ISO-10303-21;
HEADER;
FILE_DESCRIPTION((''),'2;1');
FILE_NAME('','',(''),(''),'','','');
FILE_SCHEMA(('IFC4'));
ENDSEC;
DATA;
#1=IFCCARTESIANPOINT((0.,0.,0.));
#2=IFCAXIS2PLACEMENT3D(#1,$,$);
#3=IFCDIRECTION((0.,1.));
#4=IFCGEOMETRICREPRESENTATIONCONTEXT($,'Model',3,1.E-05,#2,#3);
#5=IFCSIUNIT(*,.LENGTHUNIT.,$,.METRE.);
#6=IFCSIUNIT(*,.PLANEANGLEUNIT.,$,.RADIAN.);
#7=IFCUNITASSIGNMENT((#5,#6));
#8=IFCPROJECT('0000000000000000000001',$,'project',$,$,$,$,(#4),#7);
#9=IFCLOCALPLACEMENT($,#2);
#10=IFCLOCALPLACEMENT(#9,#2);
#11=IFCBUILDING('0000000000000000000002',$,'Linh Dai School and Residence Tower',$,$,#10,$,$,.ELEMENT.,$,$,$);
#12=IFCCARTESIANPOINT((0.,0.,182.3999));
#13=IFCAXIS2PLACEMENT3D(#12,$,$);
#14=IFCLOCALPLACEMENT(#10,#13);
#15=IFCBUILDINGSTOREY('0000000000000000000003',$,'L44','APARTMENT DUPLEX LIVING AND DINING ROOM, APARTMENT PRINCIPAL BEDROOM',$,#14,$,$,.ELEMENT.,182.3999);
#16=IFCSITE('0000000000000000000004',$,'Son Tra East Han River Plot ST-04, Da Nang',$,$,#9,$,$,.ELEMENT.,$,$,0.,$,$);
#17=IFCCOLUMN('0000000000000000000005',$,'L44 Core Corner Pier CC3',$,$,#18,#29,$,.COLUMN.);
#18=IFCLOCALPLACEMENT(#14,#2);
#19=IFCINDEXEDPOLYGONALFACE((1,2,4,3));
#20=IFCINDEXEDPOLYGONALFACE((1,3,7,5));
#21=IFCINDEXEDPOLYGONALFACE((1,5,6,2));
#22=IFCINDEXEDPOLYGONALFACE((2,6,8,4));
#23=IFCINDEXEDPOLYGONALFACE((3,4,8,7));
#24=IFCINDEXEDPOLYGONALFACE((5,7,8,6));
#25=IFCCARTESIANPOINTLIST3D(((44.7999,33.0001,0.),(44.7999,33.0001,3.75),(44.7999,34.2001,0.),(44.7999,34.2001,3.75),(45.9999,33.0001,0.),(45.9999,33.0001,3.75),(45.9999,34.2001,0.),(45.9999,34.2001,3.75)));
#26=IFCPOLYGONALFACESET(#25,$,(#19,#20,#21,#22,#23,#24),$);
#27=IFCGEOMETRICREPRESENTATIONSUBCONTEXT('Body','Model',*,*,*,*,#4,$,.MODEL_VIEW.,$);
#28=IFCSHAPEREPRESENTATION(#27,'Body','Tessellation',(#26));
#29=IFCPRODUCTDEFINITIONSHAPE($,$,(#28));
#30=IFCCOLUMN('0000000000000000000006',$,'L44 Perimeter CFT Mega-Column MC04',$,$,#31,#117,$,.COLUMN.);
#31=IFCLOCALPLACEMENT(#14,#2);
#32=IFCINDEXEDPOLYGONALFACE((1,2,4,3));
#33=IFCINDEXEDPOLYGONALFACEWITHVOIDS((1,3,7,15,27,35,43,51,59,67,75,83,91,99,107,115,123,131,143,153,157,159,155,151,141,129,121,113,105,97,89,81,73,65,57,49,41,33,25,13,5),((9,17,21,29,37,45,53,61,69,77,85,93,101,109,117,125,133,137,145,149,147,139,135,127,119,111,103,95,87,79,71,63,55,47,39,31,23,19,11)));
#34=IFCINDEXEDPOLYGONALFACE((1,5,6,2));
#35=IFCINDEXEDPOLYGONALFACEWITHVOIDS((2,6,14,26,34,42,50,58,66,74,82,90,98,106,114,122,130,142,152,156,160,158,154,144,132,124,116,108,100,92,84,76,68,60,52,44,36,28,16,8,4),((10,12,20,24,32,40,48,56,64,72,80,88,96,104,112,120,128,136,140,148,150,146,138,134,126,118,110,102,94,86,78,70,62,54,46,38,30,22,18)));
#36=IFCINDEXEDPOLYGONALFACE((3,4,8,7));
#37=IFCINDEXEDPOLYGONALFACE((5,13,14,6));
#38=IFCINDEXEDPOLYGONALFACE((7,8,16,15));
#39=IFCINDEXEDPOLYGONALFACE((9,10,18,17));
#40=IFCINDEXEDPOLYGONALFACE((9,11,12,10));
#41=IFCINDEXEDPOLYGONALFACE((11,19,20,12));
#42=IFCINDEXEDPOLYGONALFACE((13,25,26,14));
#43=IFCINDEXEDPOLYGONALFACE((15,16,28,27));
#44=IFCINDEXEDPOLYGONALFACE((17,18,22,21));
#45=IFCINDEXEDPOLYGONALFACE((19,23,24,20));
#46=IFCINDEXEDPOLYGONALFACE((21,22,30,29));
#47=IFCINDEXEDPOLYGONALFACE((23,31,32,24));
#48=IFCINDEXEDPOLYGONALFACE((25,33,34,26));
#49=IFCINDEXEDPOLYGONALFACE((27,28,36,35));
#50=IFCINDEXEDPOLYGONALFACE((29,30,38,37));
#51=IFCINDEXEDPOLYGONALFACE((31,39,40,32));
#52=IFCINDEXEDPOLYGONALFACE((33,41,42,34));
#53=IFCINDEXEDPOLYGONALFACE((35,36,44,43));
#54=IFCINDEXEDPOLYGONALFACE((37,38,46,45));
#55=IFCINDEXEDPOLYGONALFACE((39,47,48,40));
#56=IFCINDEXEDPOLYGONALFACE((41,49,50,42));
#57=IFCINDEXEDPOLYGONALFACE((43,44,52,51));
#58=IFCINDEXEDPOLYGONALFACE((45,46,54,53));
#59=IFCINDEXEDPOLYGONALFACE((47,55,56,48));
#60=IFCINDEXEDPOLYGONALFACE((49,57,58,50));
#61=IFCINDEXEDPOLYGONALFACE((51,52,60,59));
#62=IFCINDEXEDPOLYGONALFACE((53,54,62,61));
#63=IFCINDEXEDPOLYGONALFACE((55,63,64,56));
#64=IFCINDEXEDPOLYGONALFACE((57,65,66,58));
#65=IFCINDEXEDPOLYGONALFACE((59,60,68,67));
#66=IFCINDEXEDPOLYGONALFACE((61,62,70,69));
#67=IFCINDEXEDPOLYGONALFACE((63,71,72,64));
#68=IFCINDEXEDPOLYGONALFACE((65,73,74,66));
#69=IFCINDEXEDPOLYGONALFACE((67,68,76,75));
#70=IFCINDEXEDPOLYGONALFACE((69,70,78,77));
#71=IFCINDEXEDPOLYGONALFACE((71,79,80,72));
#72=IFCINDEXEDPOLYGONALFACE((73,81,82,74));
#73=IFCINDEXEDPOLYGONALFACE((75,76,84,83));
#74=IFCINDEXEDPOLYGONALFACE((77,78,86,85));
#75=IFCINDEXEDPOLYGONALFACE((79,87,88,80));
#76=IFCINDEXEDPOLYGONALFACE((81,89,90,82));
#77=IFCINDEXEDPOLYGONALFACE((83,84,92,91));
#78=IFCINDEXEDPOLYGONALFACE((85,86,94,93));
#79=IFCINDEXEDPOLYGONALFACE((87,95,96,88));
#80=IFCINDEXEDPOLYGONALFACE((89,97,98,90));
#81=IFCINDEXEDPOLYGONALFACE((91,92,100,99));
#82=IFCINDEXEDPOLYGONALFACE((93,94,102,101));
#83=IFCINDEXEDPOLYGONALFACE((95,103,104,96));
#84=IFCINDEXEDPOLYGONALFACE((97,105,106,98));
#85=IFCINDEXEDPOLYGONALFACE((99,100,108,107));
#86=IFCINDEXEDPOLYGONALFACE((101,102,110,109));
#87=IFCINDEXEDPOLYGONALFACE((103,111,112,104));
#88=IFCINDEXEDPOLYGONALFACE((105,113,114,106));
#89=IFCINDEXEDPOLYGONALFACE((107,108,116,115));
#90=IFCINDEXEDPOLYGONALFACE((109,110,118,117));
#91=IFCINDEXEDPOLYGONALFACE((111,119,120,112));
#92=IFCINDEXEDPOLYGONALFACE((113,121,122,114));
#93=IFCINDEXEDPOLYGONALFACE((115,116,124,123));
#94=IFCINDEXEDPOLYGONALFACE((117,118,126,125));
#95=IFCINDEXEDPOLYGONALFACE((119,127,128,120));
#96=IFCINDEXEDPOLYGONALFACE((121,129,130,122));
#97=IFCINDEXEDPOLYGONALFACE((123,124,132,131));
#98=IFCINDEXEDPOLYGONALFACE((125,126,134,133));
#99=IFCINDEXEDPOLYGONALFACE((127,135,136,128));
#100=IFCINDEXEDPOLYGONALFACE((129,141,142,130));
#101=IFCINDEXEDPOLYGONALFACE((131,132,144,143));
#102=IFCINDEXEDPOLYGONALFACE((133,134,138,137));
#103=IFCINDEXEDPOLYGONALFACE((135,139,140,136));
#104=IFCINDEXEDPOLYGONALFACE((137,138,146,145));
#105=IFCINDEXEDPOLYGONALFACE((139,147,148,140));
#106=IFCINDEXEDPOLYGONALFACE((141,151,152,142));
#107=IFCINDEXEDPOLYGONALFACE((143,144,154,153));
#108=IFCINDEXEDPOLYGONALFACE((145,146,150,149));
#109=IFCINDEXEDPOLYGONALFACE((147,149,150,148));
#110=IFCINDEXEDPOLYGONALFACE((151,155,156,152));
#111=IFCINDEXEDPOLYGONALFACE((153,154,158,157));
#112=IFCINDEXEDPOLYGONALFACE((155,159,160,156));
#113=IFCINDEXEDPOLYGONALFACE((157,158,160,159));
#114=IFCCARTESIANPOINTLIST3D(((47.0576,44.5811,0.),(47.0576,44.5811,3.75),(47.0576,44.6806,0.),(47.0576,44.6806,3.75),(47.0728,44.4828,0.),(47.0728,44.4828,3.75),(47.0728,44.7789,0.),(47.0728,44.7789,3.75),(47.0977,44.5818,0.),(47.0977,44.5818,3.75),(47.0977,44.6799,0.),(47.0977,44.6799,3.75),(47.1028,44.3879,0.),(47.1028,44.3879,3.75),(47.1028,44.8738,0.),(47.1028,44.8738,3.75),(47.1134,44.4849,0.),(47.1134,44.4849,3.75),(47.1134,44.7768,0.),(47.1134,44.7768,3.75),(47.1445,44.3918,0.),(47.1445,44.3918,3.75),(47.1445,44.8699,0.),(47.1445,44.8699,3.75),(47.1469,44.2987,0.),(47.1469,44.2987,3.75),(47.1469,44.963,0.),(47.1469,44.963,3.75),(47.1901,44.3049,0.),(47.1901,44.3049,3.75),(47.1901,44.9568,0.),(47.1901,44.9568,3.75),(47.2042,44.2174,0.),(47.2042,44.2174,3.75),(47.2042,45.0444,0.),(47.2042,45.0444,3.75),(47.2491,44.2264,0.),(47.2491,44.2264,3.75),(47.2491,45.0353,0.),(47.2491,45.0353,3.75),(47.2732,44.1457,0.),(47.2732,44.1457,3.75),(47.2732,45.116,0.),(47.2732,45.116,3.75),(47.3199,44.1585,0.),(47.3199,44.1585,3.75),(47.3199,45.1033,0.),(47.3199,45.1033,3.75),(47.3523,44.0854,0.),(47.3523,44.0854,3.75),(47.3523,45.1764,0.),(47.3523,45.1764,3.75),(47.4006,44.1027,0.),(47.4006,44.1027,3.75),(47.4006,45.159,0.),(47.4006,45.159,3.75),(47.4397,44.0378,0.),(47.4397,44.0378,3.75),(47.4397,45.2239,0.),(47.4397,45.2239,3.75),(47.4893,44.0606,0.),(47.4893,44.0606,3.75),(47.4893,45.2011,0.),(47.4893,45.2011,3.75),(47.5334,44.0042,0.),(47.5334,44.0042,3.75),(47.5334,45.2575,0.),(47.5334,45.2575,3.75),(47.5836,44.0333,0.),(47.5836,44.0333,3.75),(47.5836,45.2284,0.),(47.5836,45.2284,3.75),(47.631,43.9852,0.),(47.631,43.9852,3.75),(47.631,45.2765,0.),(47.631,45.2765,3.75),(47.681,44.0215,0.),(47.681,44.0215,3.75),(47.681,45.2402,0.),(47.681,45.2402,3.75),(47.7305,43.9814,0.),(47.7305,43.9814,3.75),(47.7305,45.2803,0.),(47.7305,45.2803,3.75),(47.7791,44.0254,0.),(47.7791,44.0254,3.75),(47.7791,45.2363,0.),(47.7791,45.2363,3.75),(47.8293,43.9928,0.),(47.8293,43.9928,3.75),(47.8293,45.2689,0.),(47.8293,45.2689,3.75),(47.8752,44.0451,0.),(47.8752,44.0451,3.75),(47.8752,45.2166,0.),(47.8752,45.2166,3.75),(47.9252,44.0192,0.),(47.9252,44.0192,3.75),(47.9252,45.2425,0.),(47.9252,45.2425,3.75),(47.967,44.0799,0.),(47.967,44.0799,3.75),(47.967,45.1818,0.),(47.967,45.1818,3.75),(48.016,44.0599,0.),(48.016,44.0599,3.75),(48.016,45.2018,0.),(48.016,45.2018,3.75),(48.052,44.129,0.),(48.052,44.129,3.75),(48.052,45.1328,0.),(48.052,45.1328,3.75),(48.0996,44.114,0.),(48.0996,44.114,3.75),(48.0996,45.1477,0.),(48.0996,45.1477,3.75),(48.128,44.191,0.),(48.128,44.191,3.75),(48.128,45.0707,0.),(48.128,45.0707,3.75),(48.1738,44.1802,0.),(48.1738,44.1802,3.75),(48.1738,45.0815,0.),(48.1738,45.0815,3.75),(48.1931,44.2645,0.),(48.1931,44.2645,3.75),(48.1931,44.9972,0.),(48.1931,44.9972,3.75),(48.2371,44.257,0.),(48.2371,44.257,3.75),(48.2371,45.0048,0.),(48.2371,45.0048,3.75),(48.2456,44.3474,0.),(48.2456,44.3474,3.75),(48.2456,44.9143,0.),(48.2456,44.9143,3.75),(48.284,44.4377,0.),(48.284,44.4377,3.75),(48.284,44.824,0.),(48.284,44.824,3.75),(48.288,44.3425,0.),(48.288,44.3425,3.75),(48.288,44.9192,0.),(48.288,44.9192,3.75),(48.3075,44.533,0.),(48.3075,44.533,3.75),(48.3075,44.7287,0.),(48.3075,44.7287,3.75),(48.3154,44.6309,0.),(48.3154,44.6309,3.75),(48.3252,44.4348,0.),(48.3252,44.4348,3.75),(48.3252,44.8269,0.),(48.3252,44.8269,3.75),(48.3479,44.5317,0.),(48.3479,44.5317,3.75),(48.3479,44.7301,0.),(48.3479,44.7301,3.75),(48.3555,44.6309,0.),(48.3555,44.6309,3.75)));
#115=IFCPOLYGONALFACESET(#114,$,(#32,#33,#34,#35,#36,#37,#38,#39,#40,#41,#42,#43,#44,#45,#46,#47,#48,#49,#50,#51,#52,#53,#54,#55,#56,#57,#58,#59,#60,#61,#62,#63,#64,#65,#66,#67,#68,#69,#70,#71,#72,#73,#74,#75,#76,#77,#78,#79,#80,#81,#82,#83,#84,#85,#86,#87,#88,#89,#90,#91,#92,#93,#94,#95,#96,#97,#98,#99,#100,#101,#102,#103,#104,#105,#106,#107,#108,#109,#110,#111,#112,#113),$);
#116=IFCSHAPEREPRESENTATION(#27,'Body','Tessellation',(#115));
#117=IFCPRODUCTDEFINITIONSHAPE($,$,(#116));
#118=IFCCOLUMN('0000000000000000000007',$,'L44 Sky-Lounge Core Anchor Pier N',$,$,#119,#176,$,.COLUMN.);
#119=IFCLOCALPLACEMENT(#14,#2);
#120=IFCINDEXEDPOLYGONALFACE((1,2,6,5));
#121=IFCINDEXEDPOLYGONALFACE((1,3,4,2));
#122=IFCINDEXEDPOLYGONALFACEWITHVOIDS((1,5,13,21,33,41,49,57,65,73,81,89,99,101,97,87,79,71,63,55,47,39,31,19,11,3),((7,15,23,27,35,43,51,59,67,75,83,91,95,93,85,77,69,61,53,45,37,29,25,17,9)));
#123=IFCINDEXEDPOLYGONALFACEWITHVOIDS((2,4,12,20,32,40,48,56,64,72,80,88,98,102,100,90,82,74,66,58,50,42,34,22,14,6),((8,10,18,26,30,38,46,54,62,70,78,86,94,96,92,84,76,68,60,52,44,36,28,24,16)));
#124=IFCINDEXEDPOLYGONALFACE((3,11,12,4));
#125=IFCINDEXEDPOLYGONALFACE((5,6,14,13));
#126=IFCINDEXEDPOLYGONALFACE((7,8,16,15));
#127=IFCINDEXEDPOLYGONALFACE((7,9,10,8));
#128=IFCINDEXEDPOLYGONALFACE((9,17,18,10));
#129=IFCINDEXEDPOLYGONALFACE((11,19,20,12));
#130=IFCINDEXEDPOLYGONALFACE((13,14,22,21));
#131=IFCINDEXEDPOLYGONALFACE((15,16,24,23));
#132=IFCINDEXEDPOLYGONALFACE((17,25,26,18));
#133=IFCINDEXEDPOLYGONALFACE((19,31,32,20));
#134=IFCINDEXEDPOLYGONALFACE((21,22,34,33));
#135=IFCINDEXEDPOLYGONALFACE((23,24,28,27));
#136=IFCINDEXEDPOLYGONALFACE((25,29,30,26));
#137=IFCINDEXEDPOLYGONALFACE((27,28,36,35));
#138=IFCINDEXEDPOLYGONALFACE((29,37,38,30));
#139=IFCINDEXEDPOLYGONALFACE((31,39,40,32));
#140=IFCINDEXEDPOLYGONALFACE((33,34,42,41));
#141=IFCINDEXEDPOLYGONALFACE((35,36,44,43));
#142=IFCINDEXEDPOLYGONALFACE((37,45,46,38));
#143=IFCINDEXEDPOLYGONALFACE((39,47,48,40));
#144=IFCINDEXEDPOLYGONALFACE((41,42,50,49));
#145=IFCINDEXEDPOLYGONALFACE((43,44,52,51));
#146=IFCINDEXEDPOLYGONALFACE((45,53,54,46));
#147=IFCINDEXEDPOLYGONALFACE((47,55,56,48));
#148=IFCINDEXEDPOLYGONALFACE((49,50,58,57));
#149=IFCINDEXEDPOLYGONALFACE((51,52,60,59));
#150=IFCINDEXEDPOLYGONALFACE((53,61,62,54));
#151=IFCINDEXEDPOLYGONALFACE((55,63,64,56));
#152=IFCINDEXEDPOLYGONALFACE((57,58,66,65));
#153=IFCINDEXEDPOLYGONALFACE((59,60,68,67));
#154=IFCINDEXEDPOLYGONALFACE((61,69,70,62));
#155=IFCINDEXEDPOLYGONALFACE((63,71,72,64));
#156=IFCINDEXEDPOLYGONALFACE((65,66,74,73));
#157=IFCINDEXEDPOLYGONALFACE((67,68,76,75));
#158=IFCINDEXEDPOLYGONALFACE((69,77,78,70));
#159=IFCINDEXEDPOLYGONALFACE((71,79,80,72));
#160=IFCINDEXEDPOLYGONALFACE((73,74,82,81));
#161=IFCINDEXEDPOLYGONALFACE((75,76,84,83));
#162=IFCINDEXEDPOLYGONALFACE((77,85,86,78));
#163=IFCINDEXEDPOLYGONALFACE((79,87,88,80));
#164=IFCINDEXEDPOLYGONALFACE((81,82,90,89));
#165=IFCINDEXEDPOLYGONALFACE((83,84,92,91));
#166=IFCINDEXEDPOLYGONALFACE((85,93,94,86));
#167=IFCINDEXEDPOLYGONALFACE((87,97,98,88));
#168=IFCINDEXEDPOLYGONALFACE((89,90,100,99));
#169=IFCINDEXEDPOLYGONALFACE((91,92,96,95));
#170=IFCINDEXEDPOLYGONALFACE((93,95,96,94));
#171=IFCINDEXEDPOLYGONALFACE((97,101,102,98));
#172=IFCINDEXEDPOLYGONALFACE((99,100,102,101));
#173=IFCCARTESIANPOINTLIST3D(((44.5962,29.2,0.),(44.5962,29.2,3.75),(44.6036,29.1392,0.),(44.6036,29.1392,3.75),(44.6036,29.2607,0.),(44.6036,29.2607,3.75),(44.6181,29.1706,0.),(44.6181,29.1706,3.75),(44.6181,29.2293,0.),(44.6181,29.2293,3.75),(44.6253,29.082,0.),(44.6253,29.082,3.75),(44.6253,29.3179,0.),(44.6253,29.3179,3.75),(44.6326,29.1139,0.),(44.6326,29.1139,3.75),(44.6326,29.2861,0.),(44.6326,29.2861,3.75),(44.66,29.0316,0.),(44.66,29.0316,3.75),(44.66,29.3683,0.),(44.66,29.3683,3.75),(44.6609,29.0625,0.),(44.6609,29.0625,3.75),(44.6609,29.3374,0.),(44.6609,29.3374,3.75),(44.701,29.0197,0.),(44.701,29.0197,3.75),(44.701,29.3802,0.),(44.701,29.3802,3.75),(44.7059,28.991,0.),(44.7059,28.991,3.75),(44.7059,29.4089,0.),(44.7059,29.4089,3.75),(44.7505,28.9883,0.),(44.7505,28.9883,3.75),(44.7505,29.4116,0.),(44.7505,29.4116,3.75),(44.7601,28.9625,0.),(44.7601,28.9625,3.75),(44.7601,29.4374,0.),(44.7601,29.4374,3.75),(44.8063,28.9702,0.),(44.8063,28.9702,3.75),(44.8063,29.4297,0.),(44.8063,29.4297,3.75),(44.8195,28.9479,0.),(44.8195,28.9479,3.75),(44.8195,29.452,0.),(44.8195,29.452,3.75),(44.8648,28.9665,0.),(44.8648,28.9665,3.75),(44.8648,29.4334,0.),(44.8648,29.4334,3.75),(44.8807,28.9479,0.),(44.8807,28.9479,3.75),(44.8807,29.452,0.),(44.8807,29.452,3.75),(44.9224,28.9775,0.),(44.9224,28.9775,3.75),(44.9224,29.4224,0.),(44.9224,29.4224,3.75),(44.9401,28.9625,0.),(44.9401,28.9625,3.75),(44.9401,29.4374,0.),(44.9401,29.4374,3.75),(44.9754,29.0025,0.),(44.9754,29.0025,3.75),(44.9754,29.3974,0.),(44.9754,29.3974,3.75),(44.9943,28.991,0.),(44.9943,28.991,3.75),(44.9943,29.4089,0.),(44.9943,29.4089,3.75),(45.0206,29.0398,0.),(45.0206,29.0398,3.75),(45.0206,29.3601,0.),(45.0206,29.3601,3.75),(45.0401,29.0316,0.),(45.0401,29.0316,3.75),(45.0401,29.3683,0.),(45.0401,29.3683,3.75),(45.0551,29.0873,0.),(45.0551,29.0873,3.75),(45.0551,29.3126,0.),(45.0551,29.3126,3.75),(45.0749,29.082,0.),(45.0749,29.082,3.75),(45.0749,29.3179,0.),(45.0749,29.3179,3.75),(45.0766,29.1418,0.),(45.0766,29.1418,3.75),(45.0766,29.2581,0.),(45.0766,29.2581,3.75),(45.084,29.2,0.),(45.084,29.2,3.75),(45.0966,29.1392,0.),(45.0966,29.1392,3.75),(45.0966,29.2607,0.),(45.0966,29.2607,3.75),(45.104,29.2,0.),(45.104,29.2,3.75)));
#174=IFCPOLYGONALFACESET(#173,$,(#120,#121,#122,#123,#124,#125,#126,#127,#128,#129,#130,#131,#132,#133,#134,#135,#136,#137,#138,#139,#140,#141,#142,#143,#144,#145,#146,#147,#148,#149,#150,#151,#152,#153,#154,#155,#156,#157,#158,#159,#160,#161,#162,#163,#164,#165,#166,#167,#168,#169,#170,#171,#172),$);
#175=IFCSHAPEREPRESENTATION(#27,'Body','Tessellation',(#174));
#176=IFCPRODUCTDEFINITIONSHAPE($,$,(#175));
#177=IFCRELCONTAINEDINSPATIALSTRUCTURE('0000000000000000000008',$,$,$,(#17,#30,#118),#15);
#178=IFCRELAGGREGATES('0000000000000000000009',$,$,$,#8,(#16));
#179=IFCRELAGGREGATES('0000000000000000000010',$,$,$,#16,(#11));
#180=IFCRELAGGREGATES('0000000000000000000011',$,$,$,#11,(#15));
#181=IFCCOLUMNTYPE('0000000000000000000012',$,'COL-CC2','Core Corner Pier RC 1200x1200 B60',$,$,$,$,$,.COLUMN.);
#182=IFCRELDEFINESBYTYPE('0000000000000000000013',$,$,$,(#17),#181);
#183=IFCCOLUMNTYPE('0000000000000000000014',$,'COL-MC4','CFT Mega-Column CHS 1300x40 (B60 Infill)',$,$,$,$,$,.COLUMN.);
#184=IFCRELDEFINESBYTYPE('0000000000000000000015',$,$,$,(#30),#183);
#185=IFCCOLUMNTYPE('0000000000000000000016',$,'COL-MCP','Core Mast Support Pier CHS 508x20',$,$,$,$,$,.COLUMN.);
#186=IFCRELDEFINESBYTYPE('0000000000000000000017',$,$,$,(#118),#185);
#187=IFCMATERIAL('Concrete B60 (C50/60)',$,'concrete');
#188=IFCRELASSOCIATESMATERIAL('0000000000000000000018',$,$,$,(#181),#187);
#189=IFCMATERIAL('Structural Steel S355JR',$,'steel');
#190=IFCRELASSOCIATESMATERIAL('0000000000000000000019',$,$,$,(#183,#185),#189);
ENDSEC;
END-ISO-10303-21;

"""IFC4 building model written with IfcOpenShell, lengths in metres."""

from ifc_helpers import new_model, si_unit, direction, frame, origin, origin_2d, place, context, subcontext, project, spatial, rectangle, hollow_circle, extrude, material, material_profile, profile_set, type_object, element, save


model = new_model("IFC4")

# Units and contexts
model_context = context("Model", 3, precision=1e-05, world=origin(), true_north=direction((0.0, 1.0)))
body_context = subcontext(model_context, "Body", "Model", "MODEL_VIEW")
ifc_project = project(units=[si_unit("LENGTHUNIT", "METRE"), si_unit("PLANEANGLEUNIT", "RADIAN")], contexts=[model_context])

# Site, building, storey
site_placement = place(None, origin())
site = spatial("IfcSite", under=ifc_project, at=site_placement, Name="Son Tra East Han River Plot ST-04, Da Nang", CompositionType="ELEMENT", RefElevation=0.0)
building_placement = place(site_placement, origin())
building = spatial("IfcBuilding", under=site, at=building_placement, Name="Linh Dai School and Residence Tower", CompositionType="ELEMENT")
storey_placement = place(building_placement, frame((0.0, 0.0, 182.3999)))
storey = spatial("IfcBuildingStorey", under=building, at=storey_placement, Name="L44", Description="APARTMENT DUPLEX LIVING AND DINING ROOM, APARTMENT PRINCIPAL BEDROOM", CompositionType="ELEMENT", Elevation=182.3999)

# Columns
ifc_material_1 = material(Name="Concrete B60 (C50/60)", Category="concrete")
ifc_material_profile_1 = material_profile(ifc_material_1, rectangle(XDim=1.2, YDim=1.2, at=origin_2d()), Name="RC 1200x1200")
ifc_profile_set_1 = profile_set([ifc_material_profile_1], Name="Concrete B60 (C50/60)")
column_type_1 = type_object("IfcColumnType", Name="COL-CC2", Description="Core Corner Pier RC 1200x1200 B60", PredefinedType="COLUMN", material=ifc_profile_set_1)
column_1_placement = place(storey_placement, frame((45.3999, 33.6001, 0.0), z_axis=(0.0, 0.0, 1.0), x_axis=(1.0, 0.0, 0.0)))
element("IfcColumn", 1, at=column_1_placement, inside=storey, type_object=column_type_1, Name="L44 Core Corner Pier CC3", PredefinedType="COLUMN", context=body_context, shape_type="SweptSolid", body=[
    extrude(rectangle(XDim=1.2, YDim=1.2, at=origin_2d()), origin(), (0.0, 0.0, 1.0), 3.75),
])
ifc_material_2 = material(Name="Structural Steel S355JR", Category="steel")
ifc_material_profile_2 = material_profile(ifc_material_2, hollow_circle(Radius=0.6499, WallThickness=0.04, at=origin_2d()), Name="CHS 1300x40")
ifc_profile_set_2 = profile_set([ifc_material_profile_2], Name="Structural Steel S355JR")
column_type_2 = type_object("IfcColumnType", Name="COL-MC4", Description="CFT Mega-Column CHS 1300x40 (B60 Infill)", PredefinedType="COLUMN", material=ifc_profile_set_2)
column_2_placement = place(storey_placement, frame((47.7056, 44.6309, 0.0), z_axis=(0.0, 0.0, 1.0), x_axis=(1.0, 0.0, 0.0)))
element("IfcColumn", 2, at=column_2_placement, inside=storey, type_object=column_type_2, Name="L44 Perimeter CFT Mega-Column MC04", PredefinedType="COLUMN", context=body_context, shape_type="SweptSolid", body=[
    extrude(hollow_circle(Radius=0.6499, WallThickness=0.04, at=origin_2d()), origin(), (0.0, 0.0, 1.0), 3.75),
])
ifc_material_profile_3 = material_profile(ifc_material_2, hollow_circle(Radius=0.2539, WallThickness=0.02, at=origin_2d()), Name="CHS 508x20")
ifc_profile_set_3 = profile_set([ifc_material_profile_3], Name="Structural Steel S355JR")
column_type_3 = type_object("IfcColumnType", Name="COL-MCP", Description="Core Mast Support Pier CHS 508x20", PredefinedType="COLUMN", material=ifc_profile_set_3)
column_3_placement = place(storey_placement, frame((44.8501, 29.2, 0.0), z_axis=(0.0, 0.0, 1.0), x_axis=(1.0, 0.0, 0.0)))
element("IfcColumn", 3, at=column_3_placement, inside=storey, type_object=column_type_3, Name="L44 Sky-Lounge Core Anchor Pier N", PredefinedType="COLUMN", context=body_context, shape_type="SweptSolid", body=[
    extrude(hollow_circle(Radius=0.2539, WallThickness=0.02, at=origin_2d()), origin(), (0.0, 0.0, 1.0), 3.75),
])

save(model, "model.ifc")
